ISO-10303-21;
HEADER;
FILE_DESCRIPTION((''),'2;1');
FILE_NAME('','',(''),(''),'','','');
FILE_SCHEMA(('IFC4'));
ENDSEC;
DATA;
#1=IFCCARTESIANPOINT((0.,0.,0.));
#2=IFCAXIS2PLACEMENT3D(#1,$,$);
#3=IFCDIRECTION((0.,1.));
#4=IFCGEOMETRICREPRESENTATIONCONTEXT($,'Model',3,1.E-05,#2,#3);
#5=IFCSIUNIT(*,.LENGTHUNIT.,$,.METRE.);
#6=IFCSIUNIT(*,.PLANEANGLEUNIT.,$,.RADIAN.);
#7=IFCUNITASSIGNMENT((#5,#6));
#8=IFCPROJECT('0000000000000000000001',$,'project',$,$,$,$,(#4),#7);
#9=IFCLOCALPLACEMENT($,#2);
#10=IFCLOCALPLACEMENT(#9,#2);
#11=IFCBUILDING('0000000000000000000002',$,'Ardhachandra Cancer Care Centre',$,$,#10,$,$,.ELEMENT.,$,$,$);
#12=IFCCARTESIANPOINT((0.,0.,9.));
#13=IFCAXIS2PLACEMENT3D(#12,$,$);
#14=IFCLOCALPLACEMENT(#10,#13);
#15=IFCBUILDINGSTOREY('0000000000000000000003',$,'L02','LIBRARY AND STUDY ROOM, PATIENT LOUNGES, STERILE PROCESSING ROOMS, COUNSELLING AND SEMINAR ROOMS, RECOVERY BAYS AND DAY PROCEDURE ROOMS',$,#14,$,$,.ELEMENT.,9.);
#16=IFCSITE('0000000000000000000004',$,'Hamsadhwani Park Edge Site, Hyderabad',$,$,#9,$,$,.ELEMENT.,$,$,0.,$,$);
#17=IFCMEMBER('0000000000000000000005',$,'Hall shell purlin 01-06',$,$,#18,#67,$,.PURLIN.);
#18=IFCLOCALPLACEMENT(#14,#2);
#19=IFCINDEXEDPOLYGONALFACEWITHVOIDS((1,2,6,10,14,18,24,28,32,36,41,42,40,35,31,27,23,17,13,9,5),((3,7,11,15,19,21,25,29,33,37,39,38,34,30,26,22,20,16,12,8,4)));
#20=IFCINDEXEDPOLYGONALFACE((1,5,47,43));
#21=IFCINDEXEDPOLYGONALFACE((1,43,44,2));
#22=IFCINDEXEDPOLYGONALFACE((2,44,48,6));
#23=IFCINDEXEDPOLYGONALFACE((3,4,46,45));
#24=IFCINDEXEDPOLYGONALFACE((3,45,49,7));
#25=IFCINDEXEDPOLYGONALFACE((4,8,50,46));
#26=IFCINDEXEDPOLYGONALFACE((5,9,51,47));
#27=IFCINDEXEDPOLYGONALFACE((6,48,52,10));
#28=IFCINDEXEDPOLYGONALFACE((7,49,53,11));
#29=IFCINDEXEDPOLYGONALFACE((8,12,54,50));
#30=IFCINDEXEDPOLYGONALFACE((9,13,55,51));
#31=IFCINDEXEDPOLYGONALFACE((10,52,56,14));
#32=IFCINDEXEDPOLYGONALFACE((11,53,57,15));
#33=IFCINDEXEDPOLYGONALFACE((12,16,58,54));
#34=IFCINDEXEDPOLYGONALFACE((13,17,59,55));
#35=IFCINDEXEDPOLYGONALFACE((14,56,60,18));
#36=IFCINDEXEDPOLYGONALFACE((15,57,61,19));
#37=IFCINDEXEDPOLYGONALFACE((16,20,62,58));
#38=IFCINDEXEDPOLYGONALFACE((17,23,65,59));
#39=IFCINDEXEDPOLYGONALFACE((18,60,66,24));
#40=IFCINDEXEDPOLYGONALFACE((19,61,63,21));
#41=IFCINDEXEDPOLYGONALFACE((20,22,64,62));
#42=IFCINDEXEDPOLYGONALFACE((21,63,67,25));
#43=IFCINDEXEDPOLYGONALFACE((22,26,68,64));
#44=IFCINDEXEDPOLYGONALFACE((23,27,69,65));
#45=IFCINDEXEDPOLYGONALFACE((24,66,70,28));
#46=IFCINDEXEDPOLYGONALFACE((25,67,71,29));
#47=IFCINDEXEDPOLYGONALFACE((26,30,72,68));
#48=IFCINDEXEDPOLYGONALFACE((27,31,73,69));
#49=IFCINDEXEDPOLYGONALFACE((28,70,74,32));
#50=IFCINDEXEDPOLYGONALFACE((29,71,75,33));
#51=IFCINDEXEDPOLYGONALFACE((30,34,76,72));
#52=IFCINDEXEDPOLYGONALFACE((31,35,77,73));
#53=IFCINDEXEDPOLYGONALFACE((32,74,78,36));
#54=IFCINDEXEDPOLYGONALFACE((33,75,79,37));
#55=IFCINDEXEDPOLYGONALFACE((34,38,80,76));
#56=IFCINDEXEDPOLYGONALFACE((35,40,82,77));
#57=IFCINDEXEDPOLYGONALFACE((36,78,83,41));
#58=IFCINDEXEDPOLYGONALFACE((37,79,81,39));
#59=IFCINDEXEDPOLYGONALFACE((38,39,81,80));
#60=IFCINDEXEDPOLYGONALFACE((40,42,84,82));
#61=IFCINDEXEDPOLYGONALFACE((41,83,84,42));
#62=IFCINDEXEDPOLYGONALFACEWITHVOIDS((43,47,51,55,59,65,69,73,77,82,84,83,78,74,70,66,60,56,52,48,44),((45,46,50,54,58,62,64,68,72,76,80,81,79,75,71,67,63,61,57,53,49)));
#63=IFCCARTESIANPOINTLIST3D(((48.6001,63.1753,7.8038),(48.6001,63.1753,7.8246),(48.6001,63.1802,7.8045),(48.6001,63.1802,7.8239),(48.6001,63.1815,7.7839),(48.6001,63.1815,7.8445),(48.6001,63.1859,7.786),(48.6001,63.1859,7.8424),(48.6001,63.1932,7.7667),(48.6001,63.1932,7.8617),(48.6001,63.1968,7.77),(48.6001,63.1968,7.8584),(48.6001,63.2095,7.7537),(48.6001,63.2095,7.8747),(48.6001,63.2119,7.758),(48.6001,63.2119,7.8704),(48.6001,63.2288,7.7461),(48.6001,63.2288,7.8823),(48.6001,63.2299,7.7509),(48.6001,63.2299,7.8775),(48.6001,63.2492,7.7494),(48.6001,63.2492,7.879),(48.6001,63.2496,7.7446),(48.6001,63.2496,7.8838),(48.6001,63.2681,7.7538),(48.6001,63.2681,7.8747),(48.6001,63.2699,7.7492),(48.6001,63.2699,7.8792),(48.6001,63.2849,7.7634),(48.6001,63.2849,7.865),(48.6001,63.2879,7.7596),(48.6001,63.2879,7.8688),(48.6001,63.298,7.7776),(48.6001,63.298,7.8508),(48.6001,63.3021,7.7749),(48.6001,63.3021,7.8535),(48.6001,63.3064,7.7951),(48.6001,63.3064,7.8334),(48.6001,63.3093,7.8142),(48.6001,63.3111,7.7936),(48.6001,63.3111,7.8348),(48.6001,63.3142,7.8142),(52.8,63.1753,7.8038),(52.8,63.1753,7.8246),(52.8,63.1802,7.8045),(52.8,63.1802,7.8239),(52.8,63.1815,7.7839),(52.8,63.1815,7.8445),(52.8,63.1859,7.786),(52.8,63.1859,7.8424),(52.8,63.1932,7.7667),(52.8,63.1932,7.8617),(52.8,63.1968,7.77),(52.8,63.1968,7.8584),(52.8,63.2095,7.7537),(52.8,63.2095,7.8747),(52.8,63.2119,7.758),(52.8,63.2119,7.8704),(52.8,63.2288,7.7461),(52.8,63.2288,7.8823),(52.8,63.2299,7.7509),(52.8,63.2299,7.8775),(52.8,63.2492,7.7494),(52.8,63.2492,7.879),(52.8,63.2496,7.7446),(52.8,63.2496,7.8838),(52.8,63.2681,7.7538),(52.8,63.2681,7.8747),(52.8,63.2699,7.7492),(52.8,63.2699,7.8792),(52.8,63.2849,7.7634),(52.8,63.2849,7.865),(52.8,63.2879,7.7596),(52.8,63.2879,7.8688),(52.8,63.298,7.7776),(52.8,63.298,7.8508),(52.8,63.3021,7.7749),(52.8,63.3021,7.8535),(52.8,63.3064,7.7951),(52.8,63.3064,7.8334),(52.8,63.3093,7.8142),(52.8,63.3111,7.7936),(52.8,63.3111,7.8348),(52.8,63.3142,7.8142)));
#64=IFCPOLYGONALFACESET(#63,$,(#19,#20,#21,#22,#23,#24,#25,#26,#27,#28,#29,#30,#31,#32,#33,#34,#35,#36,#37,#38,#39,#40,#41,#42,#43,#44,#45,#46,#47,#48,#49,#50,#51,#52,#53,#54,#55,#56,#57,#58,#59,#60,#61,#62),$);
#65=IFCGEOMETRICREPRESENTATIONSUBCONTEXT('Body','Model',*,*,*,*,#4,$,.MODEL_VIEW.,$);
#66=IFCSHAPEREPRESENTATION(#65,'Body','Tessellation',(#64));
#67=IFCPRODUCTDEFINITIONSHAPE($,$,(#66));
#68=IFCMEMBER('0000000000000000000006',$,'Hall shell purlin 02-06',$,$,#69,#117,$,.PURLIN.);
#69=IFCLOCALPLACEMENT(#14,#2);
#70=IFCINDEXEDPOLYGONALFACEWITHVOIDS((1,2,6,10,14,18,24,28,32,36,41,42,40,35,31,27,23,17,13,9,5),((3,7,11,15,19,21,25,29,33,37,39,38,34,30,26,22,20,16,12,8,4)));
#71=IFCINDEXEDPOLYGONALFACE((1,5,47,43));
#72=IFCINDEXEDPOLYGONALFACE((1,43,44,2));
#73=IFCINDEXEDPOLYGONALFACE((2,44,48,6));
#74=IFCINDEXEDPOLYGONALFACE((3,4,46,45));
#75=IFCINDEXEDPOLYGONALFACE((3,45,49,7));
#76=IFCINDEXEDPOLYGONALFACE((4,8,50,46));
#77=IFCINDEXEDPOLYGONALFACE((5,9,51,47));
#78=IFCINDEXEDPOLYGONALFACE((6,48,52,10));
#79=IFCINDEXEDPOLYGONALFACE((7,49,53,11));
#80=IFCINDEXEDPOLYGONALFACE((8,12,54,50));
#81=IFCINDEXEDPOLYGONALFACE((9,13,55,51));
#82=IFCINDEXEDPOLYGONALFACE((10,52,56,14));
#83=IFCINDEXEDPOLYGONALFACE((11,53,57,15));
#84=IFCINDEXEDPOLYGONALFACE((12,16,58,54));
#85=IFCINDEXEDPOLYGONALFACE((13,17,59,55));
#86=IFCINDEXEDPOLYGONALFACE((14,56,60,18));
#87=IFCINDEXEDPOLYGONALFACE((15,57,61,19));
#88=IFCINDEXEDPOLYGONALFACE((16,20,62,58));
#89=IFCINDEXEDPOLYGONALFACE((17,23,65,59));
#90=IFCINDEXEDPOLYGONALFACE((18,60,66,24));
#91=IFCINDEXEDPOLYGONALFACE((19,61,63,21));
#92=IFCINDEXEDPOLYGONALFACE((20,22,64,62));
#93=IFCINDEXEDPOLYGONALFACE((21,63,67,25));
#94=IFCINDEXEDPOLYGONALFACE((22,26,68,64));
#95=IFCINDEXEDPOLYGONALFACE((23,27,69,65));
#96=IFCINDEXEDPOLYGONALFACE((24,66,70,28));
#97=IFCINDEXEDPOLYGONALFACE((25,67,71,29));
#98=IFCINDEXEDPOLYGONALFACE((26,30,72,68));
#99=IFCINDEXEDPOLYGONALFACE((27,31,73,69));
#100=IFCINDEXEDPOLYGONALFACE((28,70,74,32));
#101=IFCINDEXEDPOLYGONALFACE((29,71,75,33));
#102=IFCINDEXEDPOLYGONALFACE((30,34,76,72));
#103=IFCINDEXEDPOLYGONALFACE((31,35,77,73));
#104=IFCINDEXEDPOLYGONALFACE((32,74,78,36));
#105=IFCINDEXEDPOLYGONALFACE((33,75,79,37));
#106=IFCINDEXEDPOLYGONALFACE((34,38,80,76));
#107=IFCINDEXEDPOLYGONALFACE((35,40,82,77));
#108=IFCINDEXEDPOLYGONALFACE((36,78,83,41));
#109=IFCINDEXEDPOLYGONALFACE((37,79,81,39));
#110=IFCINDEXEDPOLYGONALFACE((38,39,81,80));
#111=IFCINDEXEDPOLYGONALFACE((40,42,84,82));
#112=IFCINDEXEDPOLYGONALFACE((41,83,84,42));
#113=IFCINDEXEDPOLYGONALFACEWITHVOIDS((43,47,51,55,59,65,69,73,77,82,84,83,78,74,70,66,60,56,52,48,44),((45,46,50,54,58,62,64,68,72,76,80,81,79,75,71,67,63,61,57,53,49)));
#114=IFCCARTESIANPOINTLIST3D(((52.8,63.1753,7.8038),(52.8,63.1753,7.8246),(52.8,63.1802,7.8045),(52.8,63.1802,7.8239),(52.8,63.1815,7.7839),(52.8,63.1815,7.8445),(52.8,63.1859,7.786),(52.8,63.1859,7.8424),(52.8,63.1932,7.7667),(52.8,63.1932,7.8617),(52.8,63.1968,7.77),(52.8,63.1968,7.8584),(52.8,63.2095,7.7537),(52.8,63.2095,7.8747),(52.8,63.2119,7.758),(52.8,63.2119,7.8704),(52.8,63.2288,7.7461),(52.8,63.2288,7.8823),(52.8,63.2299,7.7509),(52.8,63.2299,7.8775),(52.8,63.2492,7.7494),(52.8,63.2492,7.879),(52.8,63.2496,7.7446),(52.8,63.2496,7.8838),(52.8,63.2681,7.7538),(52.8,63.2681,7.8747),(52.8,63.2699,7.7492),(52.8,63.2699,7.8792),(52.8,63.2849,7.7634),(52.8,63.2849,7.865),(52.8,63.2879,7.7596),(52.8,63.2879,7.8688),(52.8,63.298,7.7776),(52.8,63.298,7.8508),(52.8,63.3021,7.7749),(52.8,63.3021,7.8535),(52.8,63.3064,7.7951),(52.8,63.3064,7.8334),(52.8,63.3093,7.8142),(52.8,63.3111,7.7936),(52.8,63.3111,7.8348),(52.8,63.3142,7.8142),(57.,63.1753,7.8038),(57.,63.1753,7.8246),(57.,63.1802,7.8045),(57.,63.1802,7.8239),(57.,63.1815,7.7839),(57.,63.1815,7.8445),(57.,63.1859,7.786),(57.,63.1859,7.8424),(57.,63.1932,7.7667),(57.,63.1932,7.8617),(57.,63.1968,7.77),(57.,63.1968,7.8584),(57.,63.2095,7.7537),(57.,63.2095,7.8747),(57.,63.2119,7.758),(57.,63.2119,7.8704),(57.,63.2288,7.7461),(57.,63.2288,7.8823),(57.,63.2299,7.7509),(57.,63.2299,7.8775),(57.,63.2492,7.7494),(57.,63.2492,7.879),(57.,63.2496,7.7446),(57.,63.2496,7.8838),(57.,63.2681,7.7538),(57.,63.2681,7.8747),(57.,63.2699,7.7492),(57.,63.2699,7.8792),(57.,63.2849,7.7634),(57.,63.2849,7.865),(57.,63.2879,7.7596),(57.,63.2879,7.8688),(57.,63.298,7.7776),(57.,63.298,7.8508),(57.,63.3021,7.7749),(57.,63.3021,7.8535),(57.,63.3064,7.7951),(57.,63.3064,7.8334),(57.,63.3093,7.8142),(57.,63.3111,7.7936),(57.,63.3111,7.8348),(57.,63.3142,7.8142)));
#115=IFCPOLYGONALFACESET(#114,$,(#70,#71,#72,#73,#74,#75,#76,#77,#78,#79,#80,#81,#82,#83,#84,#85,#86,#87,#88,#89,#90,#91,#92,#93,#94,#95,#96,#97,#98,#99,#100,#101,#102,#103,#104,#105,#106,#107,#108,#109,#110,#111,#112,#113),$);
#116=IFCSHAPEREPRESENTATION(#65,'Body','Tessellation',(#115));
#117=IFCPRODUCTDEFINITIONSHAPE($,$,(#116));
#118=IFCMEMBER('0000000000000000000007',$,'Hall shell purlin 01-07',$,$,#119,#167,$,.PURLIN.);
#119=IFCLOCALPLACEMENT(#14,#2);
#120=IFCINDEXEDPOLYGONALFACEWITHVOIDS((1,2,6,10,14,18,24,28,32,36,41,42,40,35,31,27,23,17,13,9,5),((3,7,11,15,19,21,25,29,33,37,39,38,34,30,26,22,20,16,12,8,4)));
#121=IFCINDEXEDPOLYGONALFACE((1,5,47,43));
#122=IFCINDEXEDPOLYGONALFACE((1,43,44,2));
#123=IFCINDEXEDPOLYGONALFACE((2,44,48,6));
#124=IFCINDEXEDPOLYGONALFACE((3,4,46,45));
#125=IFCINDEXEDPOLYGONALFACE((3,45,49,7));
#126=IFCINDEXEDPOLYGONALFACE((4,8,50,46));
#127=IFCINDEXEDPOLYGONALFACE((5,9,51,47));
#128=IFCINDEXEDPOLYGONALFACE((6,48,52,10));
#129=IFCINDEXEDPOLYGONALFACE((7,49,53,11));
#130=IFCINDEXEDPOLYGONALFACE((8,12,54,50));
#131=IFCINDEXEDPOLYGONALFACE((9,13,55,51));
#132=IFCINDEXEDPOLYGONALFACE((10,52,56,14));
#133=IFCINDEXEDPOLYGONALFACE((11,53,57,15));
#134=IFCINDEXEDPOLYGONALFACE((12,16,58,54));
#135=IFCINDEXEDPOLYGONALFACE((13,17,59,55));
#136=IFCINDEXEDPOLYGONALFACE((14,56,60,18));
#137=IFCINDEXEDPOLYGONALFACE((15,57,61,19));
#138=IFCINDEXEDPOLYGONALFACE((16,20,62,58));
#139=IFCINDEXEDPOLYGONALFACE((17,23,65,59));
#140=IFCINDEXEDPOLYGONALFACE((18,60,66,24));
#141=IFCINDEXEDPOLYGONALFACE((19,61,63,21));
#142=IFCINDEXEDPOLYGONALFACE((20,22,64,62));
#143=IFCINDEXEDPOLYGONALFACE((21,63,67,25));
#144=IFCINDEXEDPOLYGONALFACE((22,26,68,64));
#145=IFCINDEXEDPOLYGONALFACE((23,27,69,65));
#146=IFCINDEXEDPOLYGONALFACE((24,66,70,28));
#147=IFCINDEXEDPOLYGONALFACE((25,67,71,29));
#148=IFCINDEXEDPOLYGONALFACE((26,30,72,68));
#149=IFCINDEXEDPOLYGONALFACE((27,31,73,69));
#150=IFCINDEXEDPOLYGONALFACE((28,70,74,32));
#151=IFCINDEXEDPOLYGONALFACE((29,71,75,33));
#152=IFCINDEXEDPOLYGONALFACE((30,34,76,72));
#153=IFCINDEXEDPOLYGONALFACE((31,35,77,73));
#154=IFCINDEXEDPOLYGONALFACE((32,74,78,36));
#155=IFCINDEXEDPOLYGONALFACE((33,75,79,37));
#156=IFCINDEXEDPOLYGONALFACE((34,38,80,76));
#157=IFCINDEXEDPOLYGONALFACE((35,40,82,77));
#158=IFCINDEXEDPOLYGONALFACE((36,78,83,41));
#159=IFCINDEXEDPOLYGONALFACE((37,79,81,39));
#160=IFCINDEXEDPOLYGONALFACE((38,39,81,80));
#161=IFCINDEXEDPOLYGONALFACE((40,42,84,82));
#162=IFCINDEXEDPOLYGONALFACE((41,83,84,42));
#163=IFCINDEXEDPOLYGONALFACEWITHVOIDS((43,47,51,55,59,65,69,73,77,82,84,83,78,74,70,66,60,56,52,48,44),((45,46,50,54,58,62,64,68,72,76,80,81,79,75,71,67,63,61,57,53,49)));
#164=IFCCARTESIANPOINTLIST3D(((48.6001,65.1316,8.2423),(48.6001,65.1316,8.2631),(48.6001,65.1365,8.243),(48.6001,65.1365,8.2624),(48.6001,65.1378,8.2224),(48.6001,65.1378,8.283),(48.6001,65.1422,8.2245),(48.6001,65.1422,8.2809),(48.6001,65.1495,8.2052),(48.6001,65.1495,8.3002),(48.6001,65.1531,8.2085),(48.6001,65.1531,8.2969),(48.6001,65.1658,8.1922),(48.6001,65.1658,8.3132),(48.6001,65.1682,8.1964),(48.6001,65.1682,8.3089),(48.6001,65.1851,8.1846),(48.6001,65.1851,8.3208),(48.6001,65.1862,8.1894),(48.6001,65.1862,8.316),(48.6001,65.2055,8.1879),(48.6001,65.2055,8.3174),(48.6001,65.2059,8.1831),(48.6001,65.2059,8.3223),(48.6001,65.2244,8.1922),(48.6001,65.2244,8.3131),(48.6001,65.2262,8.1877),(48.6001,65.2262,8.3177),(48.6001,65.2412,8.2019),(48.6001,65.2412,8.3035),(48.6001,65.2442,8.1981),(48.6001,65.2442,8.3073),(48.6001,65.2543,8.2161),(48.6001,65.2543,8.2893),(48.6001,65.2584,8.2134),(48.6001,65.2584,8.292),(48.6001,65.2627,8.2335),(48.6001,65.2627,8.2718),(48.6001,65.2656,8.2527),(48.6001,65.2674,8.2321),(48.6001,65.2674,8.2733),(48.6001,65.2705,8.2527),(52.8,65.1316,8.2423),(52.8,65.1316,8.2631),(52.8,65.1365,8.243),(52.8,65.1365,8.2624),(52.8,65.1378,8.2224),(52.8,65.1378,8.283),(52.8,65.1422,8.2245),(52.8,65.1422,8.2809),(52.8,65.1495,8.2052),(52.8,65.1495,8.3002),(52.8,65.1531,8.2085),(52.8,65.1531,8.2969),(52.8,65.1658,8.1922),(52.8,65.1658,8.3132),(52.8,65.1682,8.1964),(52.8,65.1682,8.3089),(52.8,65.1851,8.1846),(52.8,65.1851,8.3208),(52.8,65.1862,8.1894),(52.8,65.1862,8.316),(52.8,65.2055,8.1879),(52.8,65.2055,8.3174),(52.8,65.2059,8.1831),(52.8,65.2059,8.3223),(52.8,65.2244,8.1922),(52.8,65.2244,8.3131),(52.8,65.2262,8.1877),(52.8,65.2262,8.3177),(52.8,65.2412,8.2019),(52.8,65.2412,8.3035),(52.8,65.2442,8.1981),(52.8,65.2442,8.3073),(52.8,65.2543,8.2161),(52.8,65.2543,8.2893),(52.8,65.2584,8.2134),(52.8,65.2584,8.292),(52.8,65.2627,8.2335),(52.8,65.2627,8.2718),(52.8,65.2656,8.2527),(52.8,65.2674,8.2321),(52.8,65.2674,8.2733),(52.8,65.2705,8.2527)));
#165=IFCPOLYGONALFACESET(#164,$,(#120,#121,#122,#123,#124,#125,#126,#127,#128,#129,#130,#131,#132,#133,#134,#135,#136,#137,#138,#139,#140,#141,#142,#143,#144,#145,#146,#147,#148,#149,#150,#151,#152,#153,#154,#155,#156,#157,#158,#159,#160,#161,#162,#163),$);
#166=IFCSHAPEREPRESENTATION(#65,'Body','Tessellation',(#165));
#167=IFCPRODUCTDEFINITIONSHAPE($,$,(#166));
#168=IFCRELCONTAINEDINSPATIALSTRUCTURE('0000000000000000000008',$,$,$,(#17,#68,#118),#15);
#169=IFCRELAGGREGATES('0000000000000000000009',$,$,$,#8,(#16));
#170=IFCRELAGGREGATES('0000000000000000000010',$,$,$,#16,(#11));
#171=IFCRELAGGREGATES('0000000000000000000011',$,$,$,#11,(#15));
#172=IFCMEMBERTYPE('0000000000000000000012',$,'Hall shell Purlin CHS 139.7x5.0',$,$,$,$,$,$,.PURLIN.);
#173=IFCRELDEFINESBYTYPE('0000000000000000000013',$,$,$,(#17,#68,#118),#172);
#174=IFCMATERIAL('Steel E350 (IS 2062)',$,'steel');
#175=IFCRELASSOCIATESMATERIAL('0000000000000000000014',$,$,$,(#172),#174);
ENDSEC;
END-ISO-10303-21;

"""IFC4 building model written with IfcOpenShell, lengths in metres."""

from ifc_helpers import new_model, si_unit, direction, frame, origin, origin_2d, place, context, subcontext, project, spatial, hollow_circle, extrude, material, material_profile, profile_set, type_object, element, save


model = new_model("IFC4")

# Units and contexts
model_context = context("Model", 3, precision=1e-05, world=origin(), true_north=direction((0.0, 1.0)))
body_context = subcontext(model_context, "Body", "Model", "MODEL_VIEW")
ifc_project = project(units=[si_unit("LENGTHUNIT", "METRE"), si_unit("PLANEANGLEUNIT", "RADIAN")], contexts=[model_context])

# Site, building, storey
site_placement = place(None, origin())
site = spatial("IfcSite", under=ifc_project, at=site_placement, Name="Hamsadhwani Park Edge Site, Hyderabad", CompositionType="ELEMENT", RefElevation=0.0)
building_placement = place(site_placement, origin())
building = spatial("IfcBuilding", under=site, at=building_placement, Name="Ardhachandra Cancer Care Centre", CompositionType="ELEMENT")
storey_placement = place(building_placement, frame((0.0, 0.0, 9.0)))
storey = spatial("IfcBuildingStorey", under=building, at=storey_placement, Name="L02", Description="LIBRARY AND STUDY ROOM, PATIENT LOUNGES, STERILE PROCESSING ROOMS, COUNSELLING AND SEMINAR ROOMS, RECOVERY BAYS AND DAY PROCEDURE ROOMS", CompositionType="ELEMENT", Elevation=9.0)

# Members
ifc_material_1 = material(Name="Steel E350 (IS 2062)", Category="steel")
ifc_material_profile_1 = material_profile(ifc_material_1, hollow_circle(Radius=0.0698, WallThickness=0.0049, at=origin_2d()), Name="CHS 139.7x5.0")
ifc_profile_set_1 = profile_set([ifc_material_profile_1], Name="Steel E350 (IS 2062)")
member_type_1 = type_object("IfcMemberType", Name="Hall shell Purlin CHS 139.7x5.0", PredefinedType="PURLIN", material=ifc_profile_set_1)
for number, where, z_axis, x_axis, name in (
    (1, (48.6001, 63.2444, 7.8142), (1.0, 0.0, 0.0), (0.0, 1.0, 0.0), "Hall shell purlin 01-06"),
    (2, (52.8, 63.2444, 7.8142), (1.0, 0.0, 0.0), (0.0, 1.0, 0.0), "Hall shell purlin 02-06"),
    (3, (48.6001, 65.2007, 8.2527), (1.0, 0.0, 0.0), (0.0, 1.0, 0.0), "Hall shell purlin 01-07"),
):
    element("IfcMember", number, at=place(storey_placement, frame(where, z_axis=z_axis, x_axis=x_axis)), inside=storey, type_object=member_type_1, Name=name, PredefinedType="PURLIN", context=body_context, shape_type="SweptSolid", body=[
        extrude(hollow_circle(Radius=0.0698, WallThickness=0.0049, at=origin_2d()), origin(), (0.0, 0.0, 1.0), 4.2),
    ])

save(model, "model.ifc")
